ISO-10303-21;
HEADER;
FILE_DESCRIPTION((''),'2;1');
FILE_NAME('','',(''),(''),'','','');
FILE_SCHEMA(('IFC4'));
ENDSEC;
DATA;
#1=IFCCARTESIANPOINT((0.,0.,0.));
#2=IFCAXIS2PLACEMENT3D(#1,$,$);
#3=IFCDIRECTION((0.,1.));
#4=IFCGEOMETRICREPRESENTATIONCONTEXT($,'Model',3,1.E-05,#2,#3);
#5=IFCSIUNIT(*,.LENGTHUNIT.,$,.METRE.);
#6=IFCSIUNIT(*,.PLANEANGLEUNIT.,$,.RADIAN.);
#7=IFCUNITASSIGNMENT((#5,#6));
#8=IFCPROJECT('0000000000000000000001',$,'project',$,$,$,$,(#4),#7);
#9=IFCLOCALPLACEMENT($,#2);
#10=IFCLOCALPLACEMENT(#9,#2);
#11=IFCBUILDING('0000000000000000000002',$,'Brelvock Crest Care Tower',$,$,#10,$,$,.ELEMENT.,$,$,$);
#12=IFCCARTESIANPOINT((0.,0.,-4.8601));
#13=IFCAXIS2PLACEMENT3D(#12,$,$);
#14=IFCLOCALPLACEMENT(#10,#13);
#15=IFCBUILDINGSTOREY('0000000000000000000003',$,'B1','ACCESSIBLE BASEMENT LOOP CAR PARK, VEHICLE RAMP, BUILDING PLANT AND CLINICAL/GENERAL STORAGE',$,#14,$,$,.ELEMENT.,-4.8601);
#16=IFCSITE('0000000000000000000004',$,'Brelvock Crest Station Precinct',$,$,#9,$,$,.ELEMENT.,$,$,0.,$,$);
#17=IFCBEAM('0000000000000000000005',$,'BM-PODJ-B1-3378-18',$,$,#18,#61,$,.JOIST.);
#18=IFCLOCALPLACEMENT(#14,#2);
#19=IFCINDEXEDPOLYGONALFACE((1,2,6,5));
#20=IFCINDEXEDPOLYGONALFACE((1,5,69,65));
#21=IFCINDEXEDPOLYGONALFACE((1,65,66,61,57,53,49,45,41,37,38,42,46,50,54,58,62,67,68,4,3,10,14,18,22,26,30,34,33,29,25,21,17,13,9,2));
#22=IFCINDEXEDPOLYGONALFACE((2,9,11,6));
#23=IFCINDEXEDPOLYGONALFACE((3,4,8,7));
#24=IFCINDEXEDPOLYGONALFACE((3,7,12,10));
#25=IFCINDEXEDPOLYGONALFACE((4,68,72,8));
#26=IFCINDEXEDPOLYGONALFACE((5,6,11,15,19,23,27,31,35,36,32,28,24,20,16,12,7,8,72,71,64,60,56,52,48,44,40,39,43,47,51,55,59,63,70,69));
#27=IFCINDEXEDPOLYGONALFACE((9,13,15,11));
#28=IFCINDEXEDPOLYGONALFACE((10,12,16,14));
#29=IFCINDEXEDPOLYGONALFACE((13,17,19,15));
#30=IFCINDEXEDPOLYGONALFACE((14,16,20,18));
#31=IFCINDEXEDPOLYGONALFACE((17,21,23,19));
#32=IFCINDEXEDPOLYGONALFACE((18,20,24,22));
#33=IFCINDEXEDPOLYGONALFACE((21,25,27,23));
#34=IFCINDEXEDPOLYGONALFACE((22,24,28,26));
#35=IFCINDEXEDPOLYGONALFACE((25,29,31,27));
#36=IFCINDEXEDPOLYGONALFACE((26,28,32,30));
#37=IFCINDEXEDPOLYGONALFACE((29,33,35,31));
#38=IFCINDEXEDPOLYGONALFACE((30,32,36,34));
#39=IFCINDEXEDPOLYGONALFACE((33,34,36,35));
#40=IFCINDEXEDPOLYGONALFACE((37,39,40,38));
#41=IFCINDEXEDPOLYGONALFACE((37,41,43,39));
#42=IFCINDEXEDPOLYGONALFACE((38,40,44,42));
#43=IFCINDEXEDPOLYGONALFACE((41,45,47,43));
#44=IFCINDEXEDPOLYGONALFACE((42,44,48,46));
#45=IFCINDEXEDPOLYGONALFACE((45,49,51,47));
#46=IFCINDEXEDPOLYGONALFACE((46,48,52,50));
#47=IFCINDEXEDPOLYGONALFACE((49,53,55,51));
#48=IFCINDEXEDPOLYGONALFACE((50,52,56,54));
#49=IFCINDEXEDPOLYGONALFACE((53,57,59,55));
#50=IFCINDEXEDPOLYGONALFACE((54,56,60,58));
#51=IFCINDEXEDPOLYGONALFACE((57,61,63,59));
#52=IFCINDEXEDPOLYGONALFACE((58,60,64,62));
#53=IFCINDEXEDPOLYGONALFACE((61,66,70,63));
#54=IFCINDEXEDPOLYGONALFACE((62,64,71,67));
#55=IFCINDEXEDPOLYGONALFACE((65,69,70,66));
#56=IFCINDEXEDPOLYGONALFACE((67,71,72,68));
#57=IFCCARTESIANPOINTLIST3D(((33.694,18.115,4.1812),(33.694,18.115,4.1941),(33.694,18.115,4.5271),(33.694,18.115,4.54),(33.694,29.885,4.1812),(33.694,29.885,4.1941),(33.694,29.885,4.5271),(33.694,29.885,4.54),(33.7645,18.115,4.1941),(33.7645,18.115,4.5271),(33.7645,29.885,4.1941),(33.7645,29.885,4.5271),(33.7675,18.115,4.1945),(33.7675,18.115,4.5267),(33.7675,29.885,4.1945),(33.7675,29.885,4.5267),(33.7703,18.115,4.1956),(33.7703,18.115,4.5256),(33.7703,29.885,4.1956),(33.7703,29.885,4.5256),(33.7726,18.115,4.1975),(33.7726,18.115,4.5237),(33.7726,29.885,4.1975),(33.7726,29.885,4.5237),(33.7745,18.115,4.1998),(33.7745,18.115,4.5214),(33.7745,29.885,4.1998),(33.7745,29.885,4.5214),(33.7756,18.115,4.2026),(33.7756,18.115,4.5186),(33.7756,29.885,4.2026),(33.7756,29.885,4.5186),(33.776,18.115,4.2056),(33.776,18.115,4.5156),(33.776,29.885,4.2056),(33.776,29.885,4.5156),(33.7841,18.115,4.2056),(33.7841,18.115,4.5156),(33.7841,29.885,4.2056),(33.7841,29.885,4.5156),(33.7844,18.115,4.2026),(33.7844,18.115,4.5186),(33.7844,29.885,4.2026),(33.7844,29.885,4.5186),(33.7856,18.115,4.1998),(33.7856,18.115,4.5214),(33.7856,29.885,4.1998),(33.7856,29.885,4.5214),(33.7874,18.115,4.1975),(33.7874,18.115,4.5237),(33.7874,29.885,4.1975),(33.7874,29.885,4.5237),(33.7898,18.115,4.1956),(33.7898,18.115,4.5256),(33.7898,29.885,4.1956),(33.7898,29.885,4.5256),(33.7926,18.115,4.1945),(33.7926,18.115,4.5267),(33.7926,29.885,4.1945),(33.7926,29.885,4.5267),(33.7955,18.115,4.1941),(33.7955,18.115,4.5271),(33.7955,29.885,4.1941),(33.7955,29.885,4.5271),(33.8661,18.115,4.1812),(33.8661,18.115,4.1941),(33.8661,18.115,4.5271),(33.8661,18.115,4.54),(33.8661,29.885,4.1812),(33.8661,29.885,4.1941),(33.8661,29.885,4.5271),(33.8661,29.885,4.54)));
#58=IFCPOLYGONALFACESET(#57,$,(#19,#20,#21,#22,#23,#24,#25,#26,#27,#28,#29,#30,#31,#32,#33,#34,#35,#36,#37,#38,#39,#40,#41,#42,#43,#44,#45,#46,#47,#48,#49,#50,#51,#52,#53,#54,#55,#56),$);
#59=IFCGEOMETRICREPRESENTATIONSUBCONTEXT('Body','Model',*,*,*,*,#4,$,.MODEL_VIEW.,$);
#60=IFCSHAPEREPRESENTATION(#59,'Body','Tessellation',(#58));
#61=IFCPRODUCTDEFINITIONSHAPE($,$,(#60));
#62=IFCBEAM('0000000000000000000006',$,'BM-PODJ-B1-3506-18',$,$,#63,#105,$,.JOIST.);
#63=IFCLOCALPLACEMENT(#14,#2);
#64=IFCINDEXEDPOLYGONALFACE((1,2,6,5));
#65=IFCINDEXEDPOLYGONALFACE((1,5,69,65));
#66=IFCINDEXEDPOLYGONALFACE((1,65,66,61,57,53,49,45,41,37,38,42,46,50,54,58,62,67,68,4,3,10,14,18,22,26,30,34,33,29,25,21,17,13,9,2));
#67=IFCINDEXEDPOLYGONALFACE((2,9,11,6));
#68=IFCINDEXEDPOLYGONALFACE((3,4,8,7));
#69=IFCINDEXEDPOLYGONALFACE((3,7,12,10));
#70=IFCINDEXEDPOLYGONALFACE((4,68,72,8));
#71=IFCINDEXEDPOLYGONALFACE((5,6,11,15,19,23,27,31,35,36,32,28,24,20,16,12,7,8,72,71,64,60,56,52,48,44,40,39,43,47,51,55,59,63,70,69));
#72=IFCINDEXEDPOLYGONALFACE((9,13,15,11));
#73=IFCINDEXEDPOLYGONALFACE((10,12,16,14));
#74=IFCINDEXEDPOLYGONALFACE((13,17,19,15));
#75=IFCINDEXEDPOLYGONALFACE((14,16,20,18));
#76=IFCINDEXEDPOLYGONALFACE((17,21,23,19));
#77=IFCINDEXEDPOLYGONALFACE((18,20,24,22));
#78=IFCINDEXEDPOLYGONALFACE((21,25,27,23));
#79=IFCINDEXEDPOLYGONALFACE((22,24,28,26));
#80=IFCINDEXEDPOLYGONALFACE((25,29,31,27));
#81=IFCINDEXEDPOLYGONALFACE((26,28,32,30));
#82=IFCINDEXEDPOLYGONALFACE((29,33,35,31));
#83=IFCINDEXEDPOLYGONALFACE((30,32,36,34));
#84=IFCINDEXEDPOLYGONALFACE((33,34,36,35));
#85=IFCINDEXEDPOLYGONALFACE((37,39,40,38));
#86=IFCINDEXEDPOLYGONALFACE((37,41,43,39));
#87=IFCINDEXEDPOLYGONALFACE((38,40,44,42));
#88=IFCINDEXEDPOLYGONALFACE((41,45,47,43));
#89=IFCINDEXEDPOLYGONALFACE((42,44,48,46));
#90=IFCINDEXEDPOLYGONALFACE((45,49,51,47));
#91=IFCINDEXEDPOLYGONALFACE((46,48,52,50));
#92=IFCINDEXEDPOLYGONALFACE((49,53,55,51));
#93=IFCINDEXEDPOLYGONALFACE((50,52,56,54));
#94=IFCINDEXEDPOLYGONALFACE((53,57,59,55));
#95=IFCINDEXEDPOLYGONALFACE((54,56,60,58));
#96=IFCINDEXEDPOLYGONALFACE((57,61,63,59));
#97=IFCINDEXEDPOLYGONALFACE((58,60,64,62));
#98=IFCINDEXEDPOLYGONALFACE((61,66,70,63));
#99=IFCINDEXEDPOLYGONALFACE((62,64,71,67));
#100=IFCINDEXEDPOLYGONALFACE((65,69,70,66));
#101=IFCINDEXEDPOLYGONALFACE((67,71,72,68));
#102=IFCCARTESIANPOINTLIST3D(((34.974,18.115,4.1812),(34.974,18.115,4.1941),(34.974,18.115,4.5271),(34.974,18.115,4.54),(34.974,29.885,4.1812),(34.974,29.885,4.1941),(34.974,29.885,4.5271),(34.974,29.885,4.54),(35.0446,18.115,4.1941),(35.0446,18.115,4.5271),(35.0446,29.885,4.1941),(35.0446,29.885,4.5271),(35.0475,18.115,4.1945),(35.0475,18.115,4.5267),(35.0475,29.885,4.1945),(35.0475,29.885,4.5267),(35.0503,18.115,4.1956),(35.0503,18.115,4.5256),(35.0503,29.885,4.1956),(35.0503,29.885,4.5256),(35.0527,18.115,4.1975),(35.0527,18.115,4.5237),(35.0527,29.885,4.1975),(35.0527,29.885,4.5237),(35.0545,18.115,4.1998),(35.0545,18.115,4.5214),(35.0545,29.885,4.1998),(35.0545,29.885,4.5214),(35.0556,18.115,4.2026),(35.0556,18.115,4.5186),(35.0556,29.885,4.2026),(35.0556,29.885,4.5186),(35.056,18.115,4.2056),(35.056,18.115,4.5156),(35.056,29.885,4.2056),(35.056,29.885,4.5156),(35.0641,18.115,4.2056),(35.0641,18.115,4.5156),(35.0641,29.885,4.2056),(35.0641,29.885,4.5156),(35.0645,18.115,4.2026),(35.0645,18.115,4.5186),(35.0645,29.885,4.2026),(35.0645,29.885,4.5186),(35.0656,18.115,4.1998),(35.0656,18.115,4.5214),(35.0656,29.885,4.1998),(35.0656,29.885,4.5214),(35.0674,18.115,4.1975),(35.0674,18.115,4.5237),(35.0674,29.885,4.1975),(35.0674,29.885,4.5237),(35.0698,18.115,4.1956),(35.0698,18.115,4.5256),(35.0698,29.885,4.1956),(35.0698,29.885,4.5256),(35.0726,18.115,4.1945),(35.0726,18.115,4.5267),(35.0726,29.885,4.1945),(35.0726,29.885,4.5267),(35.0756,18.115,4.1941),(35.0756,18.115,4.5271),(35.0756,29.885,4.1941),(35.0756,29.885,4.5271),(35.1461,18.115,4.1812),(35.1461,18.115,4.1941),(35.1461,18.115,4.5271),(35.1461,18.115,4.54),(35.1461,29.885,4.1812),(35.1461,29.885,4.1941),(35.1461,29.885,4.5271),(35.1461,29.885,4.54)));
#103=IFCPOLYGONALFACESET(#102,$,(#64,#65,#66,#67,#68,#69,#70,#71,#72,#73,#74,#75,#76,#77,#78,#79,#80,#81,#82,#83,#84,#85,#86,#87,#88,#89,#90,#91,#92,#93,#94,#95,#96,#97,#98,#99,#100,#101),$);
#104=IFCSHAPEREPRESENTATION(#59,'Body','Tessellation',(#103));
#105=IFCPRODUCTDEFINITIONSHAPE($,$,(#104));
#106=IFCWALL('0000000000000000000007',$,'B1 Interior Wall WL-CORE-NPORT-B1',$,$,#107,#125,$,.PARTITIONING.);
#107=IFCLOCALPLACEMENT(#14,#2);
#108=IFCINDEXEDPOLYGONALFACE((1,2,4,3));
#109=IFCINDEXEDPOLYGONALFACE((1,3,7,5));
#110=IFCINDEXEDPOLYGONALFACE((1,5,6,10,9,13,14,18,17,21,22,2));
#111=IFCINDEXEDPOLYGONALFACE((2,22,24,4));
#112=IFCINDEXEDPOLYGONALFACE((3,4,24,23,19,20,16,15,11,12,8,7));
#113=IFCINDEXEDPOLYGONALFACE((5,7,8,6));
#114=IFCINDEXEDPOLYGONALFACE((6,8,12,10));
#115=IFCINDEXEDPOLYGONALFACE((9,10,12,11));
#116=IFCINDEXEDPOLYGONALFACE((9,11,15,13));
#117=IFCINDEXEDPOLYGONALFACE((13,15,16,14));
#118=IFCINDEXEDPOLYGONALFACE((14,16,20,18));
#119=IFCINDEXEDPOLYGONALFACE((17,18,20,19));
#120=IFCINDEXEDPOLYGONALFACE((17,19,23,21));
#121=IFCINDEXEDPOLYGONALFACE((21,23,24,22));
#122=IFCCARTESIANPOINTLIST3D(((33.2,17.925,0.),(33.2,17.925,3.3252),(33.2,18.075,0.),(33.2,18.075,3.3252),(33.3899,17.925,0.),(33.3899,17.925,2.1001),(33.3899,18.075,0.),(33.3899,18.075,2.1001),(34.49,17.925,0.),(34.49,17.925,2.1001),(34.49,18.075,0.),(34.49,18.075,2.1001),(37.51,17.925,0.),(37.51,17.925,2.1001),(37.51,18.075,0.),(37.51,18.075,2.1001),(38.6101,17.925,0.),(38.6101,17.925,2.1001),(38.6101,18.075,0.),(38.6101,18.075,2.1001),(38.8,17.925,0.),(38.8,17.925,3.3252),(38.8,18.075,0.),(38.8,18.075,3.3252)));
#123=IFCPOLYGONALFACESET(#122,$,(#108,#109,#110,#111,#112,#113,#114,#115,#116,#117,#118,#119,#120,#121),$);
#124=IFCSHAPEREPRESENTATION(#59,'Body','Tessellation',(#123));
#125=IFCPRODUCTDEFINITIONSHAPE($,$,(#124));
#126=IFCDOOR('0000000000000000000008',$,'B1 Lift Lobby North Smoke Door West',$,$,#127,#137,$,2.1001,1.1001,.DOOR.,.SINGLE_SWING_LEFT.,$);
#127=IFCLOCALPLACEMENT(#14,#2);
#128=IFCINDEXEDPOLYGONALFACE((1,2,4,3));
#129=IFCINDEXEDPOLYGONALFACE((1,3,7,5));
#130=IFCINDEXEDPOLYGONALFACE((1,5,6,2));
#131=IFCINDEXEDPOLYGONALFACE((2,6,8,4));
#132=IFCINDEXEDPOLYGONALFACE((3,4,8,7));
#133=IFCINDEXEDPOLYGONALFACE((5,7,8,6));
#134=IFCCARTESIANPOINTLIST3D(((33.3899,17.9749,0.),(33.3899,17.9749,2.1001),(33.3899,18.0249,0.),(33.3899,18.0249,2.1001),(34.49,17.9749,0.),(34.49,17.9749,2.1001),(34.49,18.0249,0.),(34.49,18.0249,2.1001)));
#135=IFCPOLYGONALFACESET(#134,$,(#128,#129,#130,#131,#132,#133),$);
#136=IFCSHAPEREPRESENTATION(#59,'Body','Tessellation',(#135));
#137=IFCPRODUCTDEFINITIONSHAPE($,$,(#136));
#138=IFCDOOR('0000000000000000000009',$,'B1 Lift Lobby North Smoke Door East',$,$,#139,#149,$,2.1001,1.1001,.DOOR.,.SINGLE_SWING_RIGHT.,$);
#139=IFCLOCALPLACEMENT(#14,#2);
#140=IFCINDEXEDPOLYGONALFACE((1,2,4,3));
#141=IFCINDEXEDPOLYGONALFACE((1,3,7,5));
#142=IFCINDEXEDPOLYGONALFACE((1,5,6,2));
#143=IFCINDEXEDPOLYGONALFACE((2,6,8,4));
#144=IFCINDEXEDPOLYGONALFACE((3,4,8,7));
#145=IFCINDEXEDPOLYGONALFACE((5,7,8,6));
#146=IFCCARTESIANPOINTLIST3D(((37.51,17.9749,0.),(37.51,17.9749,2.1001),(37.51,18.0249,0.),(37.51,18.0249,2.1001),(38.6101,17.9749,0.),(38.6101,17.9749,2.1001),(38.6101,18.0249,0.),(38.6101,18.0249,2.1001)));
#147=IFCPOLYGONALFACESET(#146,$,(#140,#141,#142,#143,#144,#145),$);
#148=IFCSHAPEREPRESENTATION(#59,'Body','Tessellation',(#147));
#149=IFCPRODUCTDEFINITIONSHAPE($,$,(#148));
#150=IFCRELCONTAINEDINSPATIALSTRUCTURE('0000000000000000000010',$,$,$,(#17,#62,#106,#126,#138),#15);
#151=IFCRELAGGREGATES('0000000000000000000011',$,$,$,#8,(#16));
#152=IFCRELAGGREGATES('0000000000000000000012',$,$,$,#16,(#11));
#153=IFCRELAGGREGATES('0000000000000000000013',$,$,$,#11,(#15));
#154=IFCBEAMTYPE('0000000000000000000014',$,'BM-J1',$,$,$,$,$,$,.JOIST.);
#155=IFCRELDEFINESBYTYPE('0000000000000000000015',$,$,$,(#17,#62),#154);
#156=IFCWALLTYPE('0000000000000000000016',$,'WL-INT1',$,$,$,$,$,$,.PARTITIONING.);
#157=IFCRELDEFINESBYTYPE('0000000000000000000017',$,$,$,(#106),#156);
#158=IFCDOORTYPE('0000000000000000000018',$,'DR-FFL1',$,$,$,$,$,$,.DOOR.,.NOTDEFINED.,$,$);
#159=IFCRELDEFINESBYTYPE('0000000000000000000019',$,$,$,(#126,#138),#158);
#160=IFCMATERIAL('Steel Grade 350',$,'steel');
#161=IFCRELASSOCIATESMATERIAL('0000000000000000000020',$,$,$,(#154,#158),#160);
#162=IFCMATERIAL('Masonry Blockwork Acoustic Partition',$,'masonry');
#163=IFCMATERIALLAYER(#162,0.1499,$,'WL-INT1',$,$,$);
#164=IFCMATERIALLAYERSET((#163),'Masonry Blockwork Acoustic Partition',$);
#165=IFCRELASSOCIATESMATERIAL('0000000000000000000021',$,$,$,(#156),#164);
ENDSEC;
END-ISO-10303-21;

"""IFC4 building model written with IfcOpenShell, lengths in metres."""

from ifc_helpers import new_model, si_unit, direction, frame, frame_2d, origin, origin_2d, place, context, subcontext, project, spatial, rectangle, i_section, extrude, source, transform, mapped, material, layer, layer_set, material_profile, profile_set, type_object, element, fill, save


model = new_model("IFC4")

# Units and contexts
model_context = context("Model", 3, precision=1e-05, world=origin(), true_north=direction((0.0, 1.0)))
body_context = subcontext(model_context, "Body", "Model", "MODEL_VIEW")
ifc_project = project(units=[si_unit("LENGTHUNIT", "METRE"), si_unit("PLANEANGLEUNIT", "RADIAN")], contexts=[model_context])

# Site, building, storey
site_placement = place(None, origin())
site = spatial("IfcSite", under=ifc_project, at=site_placement, Name="Brelvock Crest Station Precinct", CompositionType="ELEMENT", RefElevation=0.0)
building_placement = place(site_placement, origin())
building = spatial("IfcBuilding", under=site, at=building_placement, Name="Brelvock Crest Care Tower", CompositionType="ELEMENT")
storey_placement = place(building_placement, frame((0.0, 0.0, -4.8601)))
storey = spatial("IfcBuildingStorey", under=building, at=storey_placement, Name="B1", Description="ACCESSIBLE BASEMENT LOOP CAR PARK, VEHICLE RAMP, BUILDING PLANT AND CLINICAL/GENERAL STORAGE", CompositionType="ELEMENT", Elevation=-4.8601)

# Beams
ifc_material_1 = material(Name="Steel Grade 350", Category="steel")
ifc_material_profile_1 = material_profile(ifc_material_1, i_section(OverallWidth=0.1721, OverallDepth=0.3589, WebThickness=0.0081, FlangeThickness=0.0129, FilletRadius=0.0115, at=origin_2d()), Name="360UB56.7")
ifc_profile_set_1 = profile_set([ifc_material_profile_1], Name="Steel Grade 350")
beam_type_1 = type_object("IfcBeamType", Name="BM-J1", PredefinedType="JOIST", material=ifc_profile_set_1)
shared_shape_1 = source(origin(), body_context, "Body", "SweptSolid", [
    extrude(i_section(OverallWidth=0.1721, OverallDepth=0.3589, WebThickness=0.0081, FlangeThickness=0.0129, FilletRadius=0.0115, at=origin_2d()), origin(), (0.0, 0.0, 1.0), 11.77),
])
for number, where, z_axis, x_axis, name in (
    (1, (33.78, 18.115, 4.3606), (0.0, 1.0, 0.0), (-1.0, 0.0, 0.0), "BM-PODJ-B1-3378-18"),
    (2, (35.0601, 18.115, 4.3606), (0.0, 1.0, 0.0), (-1.0, 0.0, 0.0), "BM-PODJ-B1-3506-18"),
):
    element("IfcBeam", number, at=place(storey_placement, frame(where, z_axis=z_axis, x_axis=x_axis)), inside=storey, type_object=beam_type_1, Name=name, PredefinedType="JOIST", context=body_context, shape_type="MappedRepresentation", body=[
        mapped(shared_shape_1, transform((0.0, 0.0, 0.0), x_axis=(1.0, 0.0, 0.0), y_axis=(0.0, 1.0, 0.0), z_axis=(0.0, 0.0, 1.0), scale=1.0)),
    ])

# Wall, openings, doors
ifc_material_2 = material(Name="Masonry Blockwork Acoustic Partition", Category="masonry")
ifc_layer_1 = layer(ifc_material_2, 0.1499, Name="WL-INT1")
ifc_layer_set_1 = layer_set([ifc_layer_1], Name="Masonry Blockwork Acoustic Partition")
wall_type = type_object("IfcWallType", Name="WL-INT1", PredefinedType="PARTITIONING", material=ifc_layer_set_1)
wall_placement = place(storey_placement, frame((33.2, 18.0, 0.0), z_axis=(0.0, 0.0, 1.0), x_axis=(1.0, 0.0, 0.0)))
wall = element("IfcWall", 3, at=wall_placement, inside=storey, type_object=wall_type, Name="B1 Interior Wall WL-CORE-NPORT-B1", PredefinedType="PARTITIONING", context=body_context, shape_type="SweptSolid", body=[
    extrude(rectangle(XDim=5.6001, YDim=0.1499, at=frame_2d((2.8, 0.0))), origin(), (0.0, 0.0, 1.0), 3.3252),
])
opening_1_placement = place(wall_placement, frame((0.1899, 0.0, 0.0)))
opening_1 = element("IfcOpeningElement", 4, at=opening_1_placement, cuts=wall, PredefinedType="OPENING", context=body_context, shape_type="SweptSolid", body=[
    extrude(rectangle(XDim=1.1001, YDim=2.1001, at=origin_2d()), frame((0.55, 0.085, 1.05), z_axis=(0.0, -1.0, 0.0), x_axis=(1.0, 0.0, 0.0)), (0.0, 0.0, 1.0), 0.1699),
])
opening_2_placement = place(wall_placement, frame((4.3101, 0.0, 0.0)))
opening_2 = element("IfcOpeningElement", 5, at=opening_2_placement, cuts=wall, PredefinedType="OPENING", context=body_context, shape_type="SweptSolid", body=[
    extrude(rectangle(XDim=1.1001, YDim=2.1001, at=origin_2d()), frame((0.55, 0.085, 1.05), z_axis=(0.0, -1.0, 0.0), x_axis=(1.0, 0.0, 0.0)), (0.0, 0.0, 1.0), 0.1699),
])
door_type = type_object("IfcDoorType", Name="DR-FFL1", OperationType="NOTDEFINED", PredefinedType="DOOR", material=ifc_material_1)
shared_shape_2 = source(origin(), body_context, "Body", "SweptSolid", [
    extrude(rectangle(XDim=1.1001, YDim=2.1001, at=origin_2d()), frame((0.55, 0.0249, 1.05), z_axis=(0.0, -1.0, 0.0), x_axis=(1.0, 0.0, 0.0)), (0.0, 0.0, 1.0), 0.05),
])
door_1_placement = place(opening_1_placement, origin())
door_1 = element("IfcDoor", 6, at=door_1_placement, inside=storey, type_object=door_type, Name="B1 Lift Lobby North Smoke Door West", OperationType="SINGLE_SWING_LEFT", OverallHeight=2.1001, OverallWidth=1.1001, PredefinedType="DOOR", context=body_context, shape_type="MappedRepresentation", body=[
    mapped(shared_shape_2, transform((0.0, 0.0, 0.0), x_axis=(1.0, 0.0, 0.0), y_axis=(0.0, 1.0, 0.0), z_axis=(0.0, 0.0, 1.0), scale=1.0)),
])
fill(opening_1, door_1)
door_2_placement = place(opening_2_placement, origin())
door_2 = element("IfcDoor", 7, at=door_2_placement, inside=storey, type_object=door_type, Name="B1 Lift Lobby North Smoke Door East", OperationType="SINGLE_SWING_RIGHT", OverallHeight=2.1001, OverallWidth=1.1001, PredefinedType="DOOR", context=body_context, shape_type="MappedRepresentation", body=[
    mapped(shared_shape_2, transform((0.0, 0.0, 0.0), x_axis=(1.0, 0.0, 0.0), y_axis=(0.0, 1.0, 0.0), z_axis=(0.0, 0.0, 1.0), scale=1.0)),
])
fill(opening_2, door_2)

save(model, "model.ifc")
